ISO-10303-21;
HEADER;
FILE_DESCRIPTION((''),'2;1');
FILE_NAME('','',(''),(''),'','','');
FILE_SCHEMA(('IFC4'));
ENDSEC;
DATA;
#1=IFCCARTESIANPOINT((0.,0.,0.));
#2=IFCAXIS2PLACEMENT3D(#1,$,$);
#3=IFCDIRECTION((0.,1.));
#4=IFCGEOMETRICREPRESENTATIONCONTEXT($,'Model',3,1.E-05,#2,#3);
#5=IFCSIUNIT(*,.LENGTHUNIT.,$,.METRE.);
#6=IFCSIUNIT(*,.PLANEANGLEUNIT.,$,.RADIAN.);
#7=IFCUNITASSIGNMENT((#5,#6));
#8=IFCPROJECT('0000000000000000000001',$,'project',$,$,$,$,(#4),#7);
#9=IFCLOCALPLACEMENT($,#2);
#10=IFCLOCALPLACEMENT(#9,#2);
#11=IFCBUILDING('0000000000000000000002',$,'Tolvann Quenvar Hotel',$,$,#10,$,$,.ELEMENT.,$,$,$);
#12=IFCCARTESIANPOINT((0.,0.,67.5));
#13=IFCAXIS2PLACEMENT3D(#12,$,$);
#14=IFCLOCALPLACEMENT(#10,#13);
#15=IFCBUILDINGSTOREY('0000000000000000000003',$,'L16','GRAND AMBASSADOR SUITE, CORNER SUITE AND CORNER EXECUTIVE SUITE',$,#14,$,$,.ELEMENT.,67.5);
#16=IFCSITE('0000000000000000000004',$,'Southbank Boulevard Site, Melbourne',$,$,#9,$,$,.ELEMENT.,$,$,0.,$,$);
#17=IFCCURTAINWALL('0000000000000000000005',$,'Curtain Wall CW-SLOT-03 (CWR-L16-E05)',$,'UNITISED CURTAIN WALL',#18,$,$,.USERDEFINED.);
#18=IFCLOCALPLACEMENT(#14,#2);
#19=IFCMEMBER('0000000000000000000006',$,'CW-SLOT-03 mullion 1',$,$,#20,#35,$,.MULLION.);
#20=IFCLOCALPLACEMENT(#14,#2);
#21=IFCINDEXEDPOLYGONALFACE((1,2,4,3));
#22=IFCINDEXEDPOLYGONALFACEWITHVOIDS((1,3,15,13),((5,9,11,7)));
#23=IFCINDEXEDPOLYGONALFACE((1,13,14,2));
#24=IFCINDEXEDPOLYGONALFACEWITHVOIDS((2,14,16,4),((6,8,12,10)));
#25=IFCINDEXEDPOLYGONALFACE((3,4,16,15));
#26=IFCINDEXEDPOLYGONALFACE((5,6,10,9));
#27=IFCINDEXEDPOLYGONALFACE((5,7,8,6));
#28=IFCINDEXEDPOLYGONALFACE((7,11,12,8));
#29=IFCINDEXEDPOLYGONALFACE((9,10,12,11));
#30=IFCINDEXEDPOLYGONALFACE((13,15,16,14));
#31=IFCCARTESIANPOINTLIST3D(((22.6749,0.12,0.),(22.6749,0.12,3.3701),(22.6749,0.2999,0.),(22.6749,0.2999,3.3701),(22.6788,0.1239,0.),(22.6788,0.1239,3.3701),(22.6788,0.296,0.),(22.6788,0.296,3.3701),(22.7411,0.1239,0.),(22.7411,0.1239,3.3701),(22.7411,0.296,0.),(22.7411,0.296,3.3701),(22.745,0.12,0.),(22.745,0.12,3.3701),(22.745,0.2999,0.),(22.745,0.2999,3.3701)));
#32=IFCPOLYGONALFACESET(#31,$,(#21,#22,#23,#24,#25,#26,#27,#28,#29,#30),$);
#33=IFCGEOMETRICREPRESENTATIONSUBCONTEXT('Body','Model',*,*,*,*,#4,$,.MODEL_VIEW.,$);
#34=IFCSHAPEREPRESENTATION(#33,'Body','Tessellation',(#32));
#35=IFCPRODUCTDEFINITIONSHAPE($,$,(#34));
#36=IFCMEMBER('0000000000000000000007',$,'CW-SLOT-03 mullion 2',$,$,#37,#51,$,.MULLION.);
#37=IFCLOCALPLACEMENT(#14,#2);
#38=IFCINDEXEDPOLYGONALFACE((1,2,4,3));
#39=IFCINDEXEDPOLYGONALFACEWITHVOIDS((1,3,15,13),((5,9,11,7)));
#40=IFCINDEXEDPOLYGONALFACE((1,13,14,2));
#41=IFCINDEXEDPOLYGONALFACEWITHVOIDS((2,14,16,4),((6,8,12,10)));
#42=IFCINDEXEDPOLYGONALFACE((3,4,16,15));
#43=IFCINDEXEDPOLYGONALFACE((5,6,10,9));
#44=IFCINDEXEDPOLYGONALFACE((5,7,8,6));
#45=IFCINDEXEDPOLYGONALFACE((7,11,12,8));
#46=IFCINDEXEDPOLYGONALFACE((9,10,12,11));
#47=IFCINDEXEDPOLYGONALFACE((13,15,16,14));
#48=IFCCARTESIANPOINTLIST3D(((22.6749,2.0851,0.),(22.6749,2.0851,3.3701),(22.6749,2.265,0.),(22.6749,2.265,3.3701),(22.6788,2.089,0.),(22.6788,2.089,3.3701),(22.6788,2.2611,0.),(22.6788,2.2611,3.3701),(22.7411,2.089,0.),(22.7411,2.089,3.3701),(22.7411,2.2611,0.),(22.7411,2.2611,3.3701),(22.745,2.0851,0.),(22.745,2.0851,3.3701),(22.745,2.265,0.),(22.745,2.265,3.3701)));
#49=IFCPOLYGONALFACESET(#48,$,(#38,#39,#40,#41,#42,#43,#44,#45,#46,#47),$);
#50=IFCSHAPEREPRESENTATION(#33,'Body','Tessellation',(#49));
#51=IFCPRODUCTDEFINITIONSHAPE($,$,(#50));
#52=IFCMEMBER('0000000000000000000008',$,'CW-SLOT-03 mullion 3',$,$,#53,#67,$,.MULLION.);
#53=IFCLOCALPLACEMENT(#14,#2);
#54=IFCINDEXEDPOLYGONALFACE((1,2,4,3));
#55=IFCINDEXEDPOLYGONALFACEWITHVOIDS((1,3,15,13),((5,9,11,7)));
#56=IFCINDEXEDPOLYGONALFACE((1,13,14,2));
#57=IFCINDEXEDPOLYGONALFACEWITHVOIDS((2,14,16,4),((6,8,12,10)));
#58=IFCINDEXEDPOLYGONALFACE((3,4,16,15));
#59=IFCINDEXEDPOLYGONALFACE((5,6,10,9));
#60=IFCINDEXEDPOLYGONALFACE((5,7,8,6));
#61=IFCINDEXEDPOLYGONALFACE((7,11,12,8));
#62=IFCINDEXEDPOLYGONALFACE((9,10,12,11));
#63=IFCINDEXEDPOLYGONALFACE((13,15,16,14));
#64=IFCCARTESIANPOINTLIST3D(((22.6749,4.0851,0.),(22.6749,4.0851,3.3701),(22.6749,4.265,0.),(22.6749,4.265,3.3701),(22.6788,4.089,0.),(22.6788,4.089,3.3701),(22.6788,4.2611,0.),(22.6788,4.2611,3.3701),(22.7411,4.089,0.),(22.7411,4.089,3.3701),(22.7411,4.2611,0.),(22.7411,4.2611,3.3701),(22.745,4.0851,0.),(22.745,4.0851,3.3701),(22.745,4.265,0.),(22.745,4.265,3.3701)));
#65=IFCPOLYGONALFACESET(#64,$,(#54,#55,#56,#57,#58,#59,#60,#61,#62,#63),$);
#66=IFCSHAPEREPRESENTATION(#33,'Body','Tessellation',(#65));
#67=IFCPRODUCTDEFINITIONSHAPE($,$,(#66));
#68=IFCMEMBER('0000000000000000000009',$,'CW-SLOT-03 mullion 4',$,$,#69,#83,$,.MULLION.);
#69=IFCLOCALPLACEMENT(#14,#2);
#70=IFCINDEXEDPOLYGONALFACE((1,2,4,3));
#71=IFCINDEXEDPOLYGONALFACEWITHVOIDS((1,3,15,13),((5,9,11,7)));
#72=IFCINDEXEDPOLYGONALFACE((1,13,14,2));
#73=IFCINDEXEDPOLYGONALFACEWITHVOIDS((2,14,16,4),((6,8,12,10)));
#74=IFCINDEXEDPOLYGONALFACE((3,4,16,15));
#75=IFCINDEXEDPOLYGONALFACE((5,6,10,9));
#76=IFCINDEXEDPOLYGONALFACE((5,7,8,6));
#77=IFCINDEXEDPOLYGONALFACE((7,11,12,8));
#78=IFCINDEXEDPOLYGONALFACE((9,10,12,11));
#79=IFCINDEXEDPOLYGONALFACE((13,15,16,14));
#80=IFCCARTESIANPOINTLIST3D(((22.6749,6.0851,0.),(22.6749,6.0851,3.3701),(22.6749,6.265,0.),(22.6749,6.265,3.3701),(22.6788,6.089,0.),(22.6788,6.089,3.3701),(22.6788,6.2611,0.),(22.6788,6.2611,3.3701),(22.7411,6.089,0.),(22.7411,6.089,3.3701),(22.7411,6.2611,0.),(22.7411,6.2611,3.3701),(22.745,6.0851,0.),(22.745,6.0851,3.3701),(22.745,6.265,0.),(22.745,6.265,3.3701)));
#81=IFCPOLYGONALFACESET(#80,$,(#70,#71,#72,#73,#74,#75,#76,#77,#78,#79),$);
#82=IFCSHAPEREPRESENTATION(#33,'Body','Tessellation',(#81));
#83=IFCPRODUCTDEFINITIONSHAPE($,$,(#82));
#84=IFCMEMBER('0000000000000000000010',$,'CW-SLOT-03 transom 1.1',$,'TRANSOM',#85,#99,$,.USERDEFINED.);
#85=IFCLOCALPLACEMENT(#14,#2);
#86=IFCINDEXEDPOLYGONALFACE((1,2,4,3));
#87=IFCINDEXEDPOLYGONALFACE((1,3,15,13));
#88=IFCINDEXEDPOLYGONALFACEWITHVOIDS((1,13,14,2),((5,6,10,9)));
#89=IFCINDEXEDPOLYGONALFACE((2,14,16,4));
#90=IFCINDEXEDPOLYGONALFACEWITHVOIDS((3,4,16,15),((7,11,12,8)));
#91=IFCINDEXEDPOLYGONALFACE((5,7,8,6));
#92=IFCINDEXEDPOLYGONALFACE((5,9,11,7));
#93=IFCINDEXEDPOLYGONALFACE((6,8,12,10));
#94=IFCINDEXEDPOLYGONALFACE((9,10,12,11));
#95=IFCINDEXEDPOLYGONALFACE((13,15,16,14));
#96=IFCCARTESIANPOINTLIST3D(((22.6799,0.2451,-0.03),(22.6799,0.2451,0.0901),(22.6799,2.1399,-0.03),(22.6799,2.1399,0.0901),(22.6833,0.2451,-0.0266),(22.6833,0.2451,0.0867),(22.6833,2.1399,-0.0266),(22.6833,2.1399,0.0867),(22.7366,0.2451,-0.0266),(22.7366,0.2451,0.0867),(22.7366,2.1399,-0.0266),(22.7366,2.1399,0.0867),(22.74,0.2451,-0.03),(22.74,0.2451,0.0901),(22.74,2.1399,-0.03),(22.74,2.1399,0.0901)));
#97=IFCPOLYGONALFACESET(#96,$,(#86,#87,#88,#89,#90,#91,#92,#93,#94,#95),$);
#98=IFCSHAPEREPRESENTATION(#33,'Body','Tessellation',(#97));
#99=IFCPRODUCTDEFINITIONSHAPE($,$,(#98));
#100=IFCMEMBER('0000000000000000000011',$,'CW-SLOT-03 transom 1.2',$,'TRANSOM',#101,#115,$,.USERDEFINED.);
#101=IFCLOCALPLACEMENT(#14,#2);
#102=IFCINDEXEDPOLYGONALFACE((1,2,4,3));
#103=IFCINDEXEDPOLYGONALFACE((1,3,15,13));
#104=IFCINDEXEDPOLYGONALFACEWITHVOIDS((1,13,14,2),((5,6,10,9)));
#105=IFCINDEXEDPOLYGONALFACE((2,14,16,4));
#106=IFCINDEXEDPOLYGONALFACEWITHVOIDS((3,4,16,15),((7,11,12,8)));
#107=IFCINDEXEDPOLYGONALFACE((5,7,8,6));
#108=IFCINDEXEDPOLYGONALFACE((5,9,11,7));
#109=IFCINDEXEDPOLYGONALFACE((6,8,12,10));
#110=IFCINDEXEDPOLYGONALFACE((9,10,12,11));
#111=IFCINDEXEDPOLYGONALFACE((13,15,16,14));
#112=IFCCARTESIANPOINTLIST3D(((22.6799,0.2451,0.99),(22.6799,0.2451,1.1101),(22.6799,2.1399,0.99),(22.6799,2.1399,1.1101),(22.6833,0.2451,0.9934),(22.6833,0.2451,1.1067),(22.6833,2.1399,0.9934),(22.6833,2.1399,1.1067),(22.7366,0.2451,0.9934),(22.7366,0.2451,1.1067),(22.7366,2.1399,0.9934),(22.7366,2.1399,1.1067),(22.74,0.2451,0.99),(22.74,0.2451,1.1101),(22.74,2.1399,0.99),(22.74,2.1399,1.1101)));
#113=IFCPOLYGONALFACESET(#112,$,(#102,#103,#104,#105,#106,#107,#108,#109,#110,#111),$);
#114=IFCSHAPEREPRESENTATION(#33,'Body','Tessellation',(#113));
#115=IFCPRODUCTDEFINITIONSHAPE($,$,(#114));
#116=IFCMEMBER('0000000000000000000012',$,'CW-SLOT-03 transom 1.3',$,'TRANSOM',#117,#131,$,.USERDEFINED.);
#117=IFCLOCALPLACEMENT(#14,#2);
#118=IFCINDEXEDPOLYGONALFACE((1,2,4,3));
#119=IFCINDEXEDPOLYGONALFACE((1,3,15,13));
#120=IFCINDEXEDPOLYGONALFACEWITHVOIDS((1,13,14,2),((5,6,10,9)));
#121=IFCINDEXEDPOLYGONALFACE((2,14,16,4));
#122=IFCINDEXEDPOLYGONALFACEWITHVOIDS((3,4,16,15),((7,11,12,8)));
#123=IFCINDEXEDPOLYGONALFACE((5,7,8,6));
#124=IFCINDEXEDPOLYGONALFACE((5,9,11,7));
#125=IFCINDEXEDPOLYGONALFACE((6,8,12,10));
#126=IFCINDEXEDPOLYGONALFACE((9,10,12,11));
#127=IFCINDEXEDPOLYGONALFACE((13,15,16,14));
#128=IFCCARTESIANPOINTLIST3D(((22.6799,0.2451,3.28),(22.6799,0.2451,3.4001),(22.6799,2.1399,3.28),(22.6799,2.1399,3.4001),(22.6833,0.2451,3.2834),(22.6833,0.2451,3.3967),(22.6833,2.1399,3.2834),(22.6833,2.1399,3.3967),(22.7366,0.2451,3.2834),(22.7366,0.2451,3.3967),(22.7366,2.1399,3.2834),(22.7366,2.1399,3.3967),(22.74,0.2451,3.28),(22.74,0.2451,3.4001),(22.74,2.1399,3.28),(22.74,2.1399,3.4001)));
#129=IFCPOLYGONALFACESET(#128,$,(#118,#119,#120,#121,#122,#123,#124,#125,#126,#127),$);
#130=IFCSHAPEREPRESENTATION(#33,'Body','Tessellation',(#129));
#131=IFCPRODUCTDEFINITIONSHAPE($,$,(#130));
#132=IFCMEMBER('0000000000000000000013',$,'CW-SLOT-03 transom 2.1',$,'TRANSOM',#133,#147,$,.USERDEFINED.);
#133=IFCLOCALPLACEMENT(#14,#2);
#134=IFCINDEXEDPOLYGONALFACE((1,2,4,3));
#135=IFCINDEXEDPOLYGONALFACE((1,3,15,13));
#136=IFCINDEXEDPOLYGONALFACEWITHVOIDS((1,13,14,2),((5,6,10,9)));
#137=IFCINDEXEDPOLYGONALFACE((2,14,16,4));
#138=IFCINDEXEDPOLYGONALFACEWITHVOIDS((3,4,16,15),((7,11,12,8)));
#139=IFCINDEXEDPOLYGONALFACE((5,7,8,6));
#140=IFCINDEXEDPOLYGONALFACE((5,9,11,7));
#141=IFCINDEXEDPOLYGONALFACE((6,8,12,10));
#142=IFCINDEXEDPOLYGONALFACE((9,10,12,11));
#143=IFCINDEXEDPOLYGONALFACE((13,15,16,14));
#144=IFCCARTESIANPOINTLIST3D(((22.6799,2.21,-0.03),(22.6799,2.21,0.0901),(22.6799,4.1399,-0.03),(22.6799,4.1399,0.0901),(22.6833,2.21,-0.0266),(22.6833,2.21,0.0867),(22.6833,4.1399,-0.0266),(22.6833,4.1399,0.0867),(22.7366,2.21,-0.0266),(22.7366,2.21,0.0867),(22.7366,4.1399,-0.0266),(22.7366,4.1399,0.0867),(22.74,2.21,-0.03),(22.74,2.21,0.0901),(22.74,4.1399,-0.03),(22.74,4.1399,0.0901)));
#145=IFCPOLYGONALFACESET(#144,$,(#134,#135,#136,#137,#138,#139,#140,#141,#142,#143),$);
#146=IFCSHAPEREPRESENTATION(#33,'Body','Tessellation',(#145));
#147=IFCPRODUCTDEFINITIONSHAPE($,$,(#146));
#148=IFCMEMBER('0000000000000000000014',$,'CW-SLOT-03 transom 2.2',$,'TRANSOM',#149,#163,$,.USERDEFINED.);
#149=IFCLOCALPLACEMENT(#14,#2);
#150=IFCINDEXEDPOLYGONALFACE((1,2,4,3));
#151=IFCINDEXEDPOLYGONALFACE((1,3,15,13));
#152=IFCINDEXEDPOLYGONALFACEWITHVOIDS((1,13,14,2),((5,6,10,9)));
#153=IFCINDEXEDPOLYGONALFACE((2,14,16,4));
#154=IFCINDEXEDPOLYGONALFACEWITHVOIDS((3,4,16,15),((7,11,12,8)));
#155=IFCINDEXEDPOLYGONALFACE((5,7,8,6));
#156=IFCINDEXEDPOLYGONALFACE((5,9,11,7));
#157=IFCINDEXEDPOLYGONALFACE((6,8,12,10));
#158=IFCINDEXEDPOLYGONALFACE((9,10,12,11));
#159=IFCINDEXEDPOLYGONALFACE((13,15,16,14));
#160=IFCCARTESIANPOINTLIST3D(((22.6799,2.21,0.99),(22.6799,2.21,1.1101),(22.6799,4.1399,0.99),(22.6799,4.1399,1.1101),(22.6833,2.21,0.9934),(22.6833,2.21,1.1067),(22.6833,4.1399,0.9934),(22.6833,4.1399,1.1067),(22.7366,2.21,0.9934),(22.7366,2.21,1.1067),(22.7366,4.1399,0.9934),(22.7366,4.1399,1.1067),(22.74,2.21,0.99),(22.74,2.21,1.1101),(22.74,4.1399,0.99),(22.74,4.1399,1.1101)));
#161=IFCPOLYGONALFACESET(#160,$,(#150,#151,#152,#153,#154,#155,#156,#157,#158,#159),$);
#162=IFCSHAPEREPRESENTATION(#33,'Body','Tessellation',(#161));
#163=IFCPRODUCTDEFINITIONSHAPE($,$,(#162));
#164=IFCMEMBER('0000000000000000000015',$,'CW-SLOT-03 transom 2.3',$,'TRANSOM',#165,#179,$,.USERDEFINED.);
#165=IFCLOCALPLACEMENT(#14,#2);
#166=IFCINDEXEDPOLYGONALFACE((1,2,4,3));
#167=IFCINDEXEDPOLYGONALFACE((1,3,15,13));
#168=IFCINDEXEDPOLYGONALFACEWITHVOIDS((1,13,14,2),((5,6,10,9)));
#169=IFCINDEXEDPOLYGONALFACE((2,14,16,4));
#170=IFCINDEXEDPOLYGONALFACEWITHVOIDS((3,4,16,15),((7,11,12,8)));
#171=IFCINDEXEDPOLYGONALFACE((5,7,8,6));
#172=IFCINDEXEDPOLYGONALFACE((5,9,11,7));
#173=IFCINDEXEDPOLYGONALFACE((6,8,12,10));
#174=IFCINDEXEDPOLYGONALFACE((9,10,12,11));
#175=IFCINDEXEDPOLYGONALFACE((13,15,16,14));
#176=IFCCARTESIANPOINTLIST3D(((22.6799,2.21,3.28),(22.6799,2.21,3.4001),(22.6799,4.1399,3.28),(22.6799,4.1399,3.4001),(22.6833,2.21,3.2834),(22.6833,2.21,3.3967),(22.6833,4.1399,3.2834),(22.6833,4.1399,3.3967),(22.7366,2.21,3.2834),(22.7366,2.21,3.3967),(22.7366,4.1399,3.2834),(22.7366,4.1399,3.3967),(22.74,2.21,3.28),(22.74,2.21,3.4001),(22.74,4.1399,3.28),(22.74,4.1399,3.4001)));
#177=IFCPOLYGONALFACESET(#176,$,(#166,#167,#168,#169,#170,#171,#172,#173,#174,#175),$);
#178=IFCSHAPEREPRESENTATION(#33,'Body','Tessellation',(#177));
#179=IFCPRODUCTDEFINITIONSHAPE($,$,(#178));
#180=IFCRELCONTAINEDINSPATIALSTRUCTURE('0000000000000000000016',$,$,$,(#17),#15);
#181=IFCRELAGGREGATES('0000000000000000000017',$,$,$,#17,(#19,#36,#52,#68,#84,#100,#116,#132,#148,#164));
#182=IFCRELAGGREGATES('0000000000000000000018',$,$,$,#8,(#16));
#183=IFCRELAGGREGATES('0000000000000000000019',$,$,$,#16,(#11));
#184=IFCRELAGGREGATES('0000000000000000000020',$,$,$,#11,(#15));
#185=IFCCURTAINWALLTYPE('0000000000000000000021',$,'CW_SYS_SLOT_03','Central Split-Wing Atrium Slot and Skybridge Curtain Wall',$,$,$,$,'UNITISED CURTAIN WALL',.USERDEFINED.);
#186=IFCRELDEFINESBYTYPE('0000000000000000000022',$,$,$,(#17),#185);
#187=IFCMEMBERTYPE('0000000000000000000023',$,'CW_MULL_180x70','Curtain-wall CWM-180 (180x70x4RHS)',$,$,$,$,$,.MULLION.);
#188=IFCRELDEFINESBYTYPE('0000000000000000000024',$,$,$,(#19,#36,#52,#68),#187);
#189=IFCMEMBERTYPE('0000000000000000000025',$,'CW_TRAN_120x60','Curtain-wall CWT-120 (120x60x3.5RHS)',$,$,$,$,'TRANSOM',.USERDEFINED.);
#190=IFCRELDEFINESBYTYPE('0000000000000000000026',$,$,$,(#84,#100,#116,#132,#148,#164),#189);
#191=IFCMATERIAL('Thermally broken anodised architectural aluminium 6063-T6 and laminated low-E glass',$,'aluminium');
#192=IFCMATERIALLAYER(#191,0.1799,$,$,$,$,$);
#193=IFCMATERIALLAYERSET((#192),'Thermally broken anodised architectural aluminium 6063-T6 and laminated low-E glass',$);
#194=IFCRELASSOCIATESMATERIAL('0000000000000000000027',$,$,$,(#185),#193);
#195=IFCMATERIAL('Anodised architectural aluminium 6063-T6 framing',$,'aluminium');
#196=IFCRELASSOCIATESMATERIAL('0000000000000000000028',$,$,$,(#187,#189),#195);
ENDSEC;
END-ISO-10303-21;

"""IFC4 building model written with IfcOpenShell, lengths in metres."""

from ifc_helpers import new_model, si_unit, direction, frame, origin, origin_2d, place, context, subcontext, project, spatial, hollow_rectangle, extrude, source, transform, mapped, material, layer, layer_set, material_profile, profile_set, type_object, type_shapes, element, aggregate, save


model = new_model("IFC4")

# Units and contexts
model_context = context("Model", 3, precision=1e-05, world=origin(), true_north=direction((0.0, 1.0)))
body_context = subcontext(model_context, "Body", "Model", "MODEL_VIEW")
ifc_project = project(units=[si_unit("LENGTHUNIT", "METRE"), si_unit("PLANEANGLEUNIT", "RADIAN")], contexts=[model_context])

# Site, building, storey
site_placement = place(None, origin())
site = spatial("IfcSite", under=ifc_project, at=site_placement, Name="Southbank Boulevard Site, Melbourne", CompositionType="ELEMENT", RefElevation=0.0)
building_placement = place(site_placement, origin())
building = spatial("IfcBuilding", under=site, at=building_placement, Name="Tolvann Quenvar Hotel", CompositionType="ELEMENT")
storey_placement = place(building_placement, frame((0.0, 0.0, 67.5)))
storey = spatial("IfcBuildingStorey", under=building, at=storey_placement, Name="L16", Description="GRAND AMBASSADOR SUITE, CORNER SUITE AND CORNER EXECUTIVE SUITE", CompositionType="ELEMENT", Elevation=67.5)

# Curtain wall, members
ifc_material_1 = material(Name="Thermally broken anodised architectural aluminium 6063-T6 and laminated low-E glass", Category="aluminium")
ifc_layer_1 = layer(ifc_material_1, 0.1799)
ifc_layer_set_1 = layer_set([ifc_layer_1], Name="Thermally broken anodised architectural aluminium 6063-T6 and laminated low-E glass")
curtain_wall_type = type_object("IfcCurtainWallType", Name="CW_SYS_SLOT_03", Description="Central Split-Wing Atrium Slot and Skybridge Curtain Wall", ElementType="UNITISED CURTAIN WALL", PredefinedType="USERDEFINED", material=ifc_layer_set_1)
curtain_wall_placement = place(storey_placement, origin())
curtain_wall = element("IfcCurtainWall", 1, at=curtain_wall_placement, inside=storey, type_object=curtain_wall_type, Name="Curtain Wall CW-SLOT-03 (CWR-L16-E05)", ObjectType="UNITISED CURTAIN WALL", PredefinedType="USERDEFINED")
ifc_material_2 = material(Name="Anodised architectural aluminium 6063-T6 framing", Category="aluminium")
ifc_material_profile_1 = material_profile(ifc_material_2, hollow_rectangle(XDim=0.0701, YDim=0.1799, WallThickness=0.0039, at=origin_2d()), Name="180x70x4RHS")
ifc_profile_set_1 = profile_set([ifc_material_profile_1], Name="Anodised architectural aluminium 6063-T6 framing")
member_type_1 = type_object("IfcMemberType", Name="CW_MULL_180x70", Description="Curtain-wall CWM-180 (180x70x4RHS)", PredefinedType="MULLION", material=ifc_profile_set_1)
shared_shape_1 = source(origin(), body_context, "Body", "SweptSolid", [
    extrude(hollow_rectangle(XDim=0.0701, YDim=0.1799, WallThickness=0.0039, at=origin_2d()), origin(), (0.0, 0.0, 1.0), 3.3701),
])
type_shapes(member_type_1, [shared_shape_1])
member_1_placement = place(storey_placement, frame((22.71, 0.21, 0.0), z_axis=(0.0, 0.0, 1.0), x_axis=(-1.0, 0.0, 0.0)))
member_1 = element("IfcMember", 2, at=member_1_placement, type_object=member_type_1, Name="CW-SLOT-03 mullion 1", PredefinedType="MULLION", context=body_context, shape_type="MappedRepresentation", body=[
    mapped(shared_shape_1, transform((0.0, 0.0, 0.0), x_axis=(1.0, 0.0, 0.0), y_axis=(0.0, 1.0, 0.0), z_axis=(0.0, 0.0, 1.0), scale=1.0)),
])
member_2_placement = place(storey_placement, frame((22.71, 2.175, 0.0), z_axis=(0.0, 0.0, 1.0), x_axis=(-1.0, 0.0, 0.0)))
member_2 = element("IfcMember", 3, at=member_2_placement, type_object=member_type_1, Name="CW-SLOT-03 mullion 2", PredefinedType="MULLION", context=body_context, shape_type="MappedRepresentation", body=[
    mapped(shared_shape_1, transform((0.0, 0.0, 0.0), x_axis=(1.0, 0.0, 0.0), y_axis=(0.0, 1.0, 0.0), z_axis=(0.0, 0.0, 1.0), scale=1.0)),
])
member_3_placement = place(storey_placement, frame((22.71, 4.175, 0.0), z_axis=(0.0, 0.0, 1.0), x_axis=(-1.0, 0.0, 0.0)))
member_3 = element("IfcMember", 4, at=member_3_placement, type_object=member_type_1, Name="CW-SLOT-03 mullion 3", PredefinedType="MULLION", context=body_context, shape_type="MappedRepresentation", body=[
    mapped(shared_shape_1, transform((0.0, 0.0, 0.0), x_axis=(1.0, 0.0, 0.0), y_axis=(0.0, 1.0, 0.0), z_axis=(0.0, 0.0, 1.0), scale=1.0)),
])
member_4_placement = place(storey_placement, frame((22.71, 6.175, 0.0), z_axis=(0.0, 0.0, 1.0), x_axis=(-1.0, 0.0, 0.0)))
member_4 = element("IfcMember", 5, at=member_4_placement, type_object=member_type_1, Name="CW-SLOT-03 mullion 4", PredefinedType="MULLION", context=body_context, shape_type="MappedRepresentation", body=[
    mapped(shared_shape_1, transform((0.0, 0.0, 0.0), x_axis=(1.0, 0.0, 0.0), y_axis=(0.0, 1.0, 0.0), z_axis=(0.0, 0.0, 1.0), scale=1.0)),
])
ifc_material_profile_2 = material_profile(ifc_material_2, hollow_rectangle(XDim=0.0601, YDim=0.1201, WallThickness=0.0034, at=origin_2d()), Name="120x60x3.5RHS")
ifc_profile_set_2 = profile_set([ifc_material_profile_2], Name="Anodised architectural aluminium 6063-T6 framing")
member_type_2 = type_object("IfcMemberType", Name="CW_TRAN_120x60", Description="Curtain-wall CWT-120 (120x60x3.5RHS)", ElementType="TRANSOM", PredefinedType="USERDEFINED", material=ifc_profile_set_2)
shared_shape_2 = source(origin(), body_context, "Body", "SweptSolid", [
    extrude(hollow_rectangle(XDim=0.0601, YDim=0.1201, WallThickness=0.0034, at=origin_2d()), origin(), (0.0, 0.0, 1.0), 1.8948),
])
member_5_placement = place(storey_placement, frame((22.71, 0.2451, 0.03), z_axis=(0.0, 1.0, 0.0), x_axis=(-1.0, 0.0, 0.0)))
member_5 = element("IfcMember", 6, at=member_5_placement, type_object=member_type_2, Name="CW-SLOT-03 transom 1.1", ObjectType="TRANSOM", PredefinedType="USERDEFINED", context=body_context, shape_type="MappedRepresentation", body=[
    mapped(shared_shape_2, transform((0.0, 0.0, 0.0), x_axis=(1.0, 0.0, 0.0), y_axis=(0.0, 1.0, 0.0), z_axis=(0.0, 0.0, 1.0), scale=1.0)),
])
member_6_placement = place(storey_placement, frame((22.71, 0.2451, 1.05), z_axis=(0.0, 1.0, 0.0), x_axis=(-1.0, 0.0, 0.0)))
member_6 = element("IfcMember", 7, at=member_6_placement, type_object=member_type_2, Name="CW-SLOT-03 transom 1.2", ObjectType="TRANSOM", PredefinedType="USERDEFINED", context=body_context, shape_type="MappedRepresentation", body=[
    mapped(shared_shape_2, transform((0.0, 0.0, 0.0), x_axis=(1.0, 0.0, 0.0), y_axis=(0.0, 1.0, 0.0), z_axis=(0.0, 0.0, 1.0), scale=1.0)),
])
member_7_placement = place(storey_placement, frame((22.71, 0.2451, 3.3401), z_axis=(0.0, 1.0, 0.0), x_axis=(-1.0, 0.0, 0.0)))
member_7 = element("IfcMember", 8, at=member_7_placement, type_object=member_type_2, Name="CW-SLOT-03 transom 1.3", ObjectType="TRANSOM", PredefinedType="USERDEFINED", context=body_context, shape_type="MappedRepresentation", body=[
    mapped(shared_shape_2, transform((0.0, 0.0, 0.0), x_axis=(1.0, 0.0, 0.0), y_axis=(0.0, 1.0, 0.0), z_axis=(0.0, 0.0, 1.0), scale=1.0)),
])
shared_shape_3 = source(origin(), body_context, "Body", "SweptSolid", [
    extrude(hollow_rectangle(XDim=0.0601, YDim=0.1201, WallThickness=0.0034, at=origin_2d()), origin(), (0.0, 0.0, 1.0), 1.9299),
])
type_shapes(member_type_2, [shared_shape_2, shared_shape_3])
member_8_placement = place(storey_placement, frame((22.71, 2.21, 0.03), z_axis=(0.0, 1.0, 0.0), x_axis=(-1.0, 0.0, 0.0)))
member_8 = element("IfcMember", 9, at=member_8_placement, type_object=member_type_2, Name="CW-SLOT-03 transom 2.1", ObjectType="TRANSOM", PredefinedType="USERDEFINED", context=body_context, shape_type="MappedRepresentation", body=[
    mapped(shared_shape_3, transform((0.0, 0.0, 0.0), x_axis=(1.0, 0.0, 0.0), y_axis=(0.0, 1.0, 0.0), z_axis=(0.0, 0.0, 1.0), scale=1.0)),
])
member_9_placement = place(storey_placement, frame((22.71, 2.21, 1.05), z_axis=(0.0, 1.0, 0.0), x_axis=(-1.0, 0.0, 0.0)))
member_9 = element("IfcMember", 10, at=member_9_placement, type_object=member_type_2, Name="CW-SLOT-03 transom 2.2", ObjectType="TRANSOM", PredefinedType="USERDEFINED", context=body_context, shape_type="MappedRepresentation", body=[
    mapped(shared_shape_3, transform((0.0, 0.0, 0.0), x_axis=(1.0, 0.0, 0.0), y_axis=(0.0, 1.0, 0.0), z_axis=(0.0, 0.0, 1.0), scale=1.0)),
])
member_10_placement = place(storey_placement, frame((22.71, 2.21, 3.3401), z_axis=(0.0, 1.0, 0.0), x_axis=(-1.0, 0.0, 0.0)))
member_10 = element("IfcMember", 11, at=member_10_placement, type_object=member_type_2, Name="CW-SLOT-03 transom 2.3", ObjectType="TRANSOM", PredefinedType="USERDEFINED", context=body_context, shape_type="MappedRepresentation", body=[
    mapped(shared_shape_3, transform((0.0, 0.0, 0.0), x_axis=(1.0, 0.0, 0.0), y_axis=(0.0, 1.0, 0.0), z_axis=(0.0, 0.0, 1.0), scale=1.0)),
])
aggregate(curtain_wall, [member_1, member_2, member_3, member_4, member_5, member_6, member_7, member_8, member_9, member_10])

save(model, "model.ifc")
